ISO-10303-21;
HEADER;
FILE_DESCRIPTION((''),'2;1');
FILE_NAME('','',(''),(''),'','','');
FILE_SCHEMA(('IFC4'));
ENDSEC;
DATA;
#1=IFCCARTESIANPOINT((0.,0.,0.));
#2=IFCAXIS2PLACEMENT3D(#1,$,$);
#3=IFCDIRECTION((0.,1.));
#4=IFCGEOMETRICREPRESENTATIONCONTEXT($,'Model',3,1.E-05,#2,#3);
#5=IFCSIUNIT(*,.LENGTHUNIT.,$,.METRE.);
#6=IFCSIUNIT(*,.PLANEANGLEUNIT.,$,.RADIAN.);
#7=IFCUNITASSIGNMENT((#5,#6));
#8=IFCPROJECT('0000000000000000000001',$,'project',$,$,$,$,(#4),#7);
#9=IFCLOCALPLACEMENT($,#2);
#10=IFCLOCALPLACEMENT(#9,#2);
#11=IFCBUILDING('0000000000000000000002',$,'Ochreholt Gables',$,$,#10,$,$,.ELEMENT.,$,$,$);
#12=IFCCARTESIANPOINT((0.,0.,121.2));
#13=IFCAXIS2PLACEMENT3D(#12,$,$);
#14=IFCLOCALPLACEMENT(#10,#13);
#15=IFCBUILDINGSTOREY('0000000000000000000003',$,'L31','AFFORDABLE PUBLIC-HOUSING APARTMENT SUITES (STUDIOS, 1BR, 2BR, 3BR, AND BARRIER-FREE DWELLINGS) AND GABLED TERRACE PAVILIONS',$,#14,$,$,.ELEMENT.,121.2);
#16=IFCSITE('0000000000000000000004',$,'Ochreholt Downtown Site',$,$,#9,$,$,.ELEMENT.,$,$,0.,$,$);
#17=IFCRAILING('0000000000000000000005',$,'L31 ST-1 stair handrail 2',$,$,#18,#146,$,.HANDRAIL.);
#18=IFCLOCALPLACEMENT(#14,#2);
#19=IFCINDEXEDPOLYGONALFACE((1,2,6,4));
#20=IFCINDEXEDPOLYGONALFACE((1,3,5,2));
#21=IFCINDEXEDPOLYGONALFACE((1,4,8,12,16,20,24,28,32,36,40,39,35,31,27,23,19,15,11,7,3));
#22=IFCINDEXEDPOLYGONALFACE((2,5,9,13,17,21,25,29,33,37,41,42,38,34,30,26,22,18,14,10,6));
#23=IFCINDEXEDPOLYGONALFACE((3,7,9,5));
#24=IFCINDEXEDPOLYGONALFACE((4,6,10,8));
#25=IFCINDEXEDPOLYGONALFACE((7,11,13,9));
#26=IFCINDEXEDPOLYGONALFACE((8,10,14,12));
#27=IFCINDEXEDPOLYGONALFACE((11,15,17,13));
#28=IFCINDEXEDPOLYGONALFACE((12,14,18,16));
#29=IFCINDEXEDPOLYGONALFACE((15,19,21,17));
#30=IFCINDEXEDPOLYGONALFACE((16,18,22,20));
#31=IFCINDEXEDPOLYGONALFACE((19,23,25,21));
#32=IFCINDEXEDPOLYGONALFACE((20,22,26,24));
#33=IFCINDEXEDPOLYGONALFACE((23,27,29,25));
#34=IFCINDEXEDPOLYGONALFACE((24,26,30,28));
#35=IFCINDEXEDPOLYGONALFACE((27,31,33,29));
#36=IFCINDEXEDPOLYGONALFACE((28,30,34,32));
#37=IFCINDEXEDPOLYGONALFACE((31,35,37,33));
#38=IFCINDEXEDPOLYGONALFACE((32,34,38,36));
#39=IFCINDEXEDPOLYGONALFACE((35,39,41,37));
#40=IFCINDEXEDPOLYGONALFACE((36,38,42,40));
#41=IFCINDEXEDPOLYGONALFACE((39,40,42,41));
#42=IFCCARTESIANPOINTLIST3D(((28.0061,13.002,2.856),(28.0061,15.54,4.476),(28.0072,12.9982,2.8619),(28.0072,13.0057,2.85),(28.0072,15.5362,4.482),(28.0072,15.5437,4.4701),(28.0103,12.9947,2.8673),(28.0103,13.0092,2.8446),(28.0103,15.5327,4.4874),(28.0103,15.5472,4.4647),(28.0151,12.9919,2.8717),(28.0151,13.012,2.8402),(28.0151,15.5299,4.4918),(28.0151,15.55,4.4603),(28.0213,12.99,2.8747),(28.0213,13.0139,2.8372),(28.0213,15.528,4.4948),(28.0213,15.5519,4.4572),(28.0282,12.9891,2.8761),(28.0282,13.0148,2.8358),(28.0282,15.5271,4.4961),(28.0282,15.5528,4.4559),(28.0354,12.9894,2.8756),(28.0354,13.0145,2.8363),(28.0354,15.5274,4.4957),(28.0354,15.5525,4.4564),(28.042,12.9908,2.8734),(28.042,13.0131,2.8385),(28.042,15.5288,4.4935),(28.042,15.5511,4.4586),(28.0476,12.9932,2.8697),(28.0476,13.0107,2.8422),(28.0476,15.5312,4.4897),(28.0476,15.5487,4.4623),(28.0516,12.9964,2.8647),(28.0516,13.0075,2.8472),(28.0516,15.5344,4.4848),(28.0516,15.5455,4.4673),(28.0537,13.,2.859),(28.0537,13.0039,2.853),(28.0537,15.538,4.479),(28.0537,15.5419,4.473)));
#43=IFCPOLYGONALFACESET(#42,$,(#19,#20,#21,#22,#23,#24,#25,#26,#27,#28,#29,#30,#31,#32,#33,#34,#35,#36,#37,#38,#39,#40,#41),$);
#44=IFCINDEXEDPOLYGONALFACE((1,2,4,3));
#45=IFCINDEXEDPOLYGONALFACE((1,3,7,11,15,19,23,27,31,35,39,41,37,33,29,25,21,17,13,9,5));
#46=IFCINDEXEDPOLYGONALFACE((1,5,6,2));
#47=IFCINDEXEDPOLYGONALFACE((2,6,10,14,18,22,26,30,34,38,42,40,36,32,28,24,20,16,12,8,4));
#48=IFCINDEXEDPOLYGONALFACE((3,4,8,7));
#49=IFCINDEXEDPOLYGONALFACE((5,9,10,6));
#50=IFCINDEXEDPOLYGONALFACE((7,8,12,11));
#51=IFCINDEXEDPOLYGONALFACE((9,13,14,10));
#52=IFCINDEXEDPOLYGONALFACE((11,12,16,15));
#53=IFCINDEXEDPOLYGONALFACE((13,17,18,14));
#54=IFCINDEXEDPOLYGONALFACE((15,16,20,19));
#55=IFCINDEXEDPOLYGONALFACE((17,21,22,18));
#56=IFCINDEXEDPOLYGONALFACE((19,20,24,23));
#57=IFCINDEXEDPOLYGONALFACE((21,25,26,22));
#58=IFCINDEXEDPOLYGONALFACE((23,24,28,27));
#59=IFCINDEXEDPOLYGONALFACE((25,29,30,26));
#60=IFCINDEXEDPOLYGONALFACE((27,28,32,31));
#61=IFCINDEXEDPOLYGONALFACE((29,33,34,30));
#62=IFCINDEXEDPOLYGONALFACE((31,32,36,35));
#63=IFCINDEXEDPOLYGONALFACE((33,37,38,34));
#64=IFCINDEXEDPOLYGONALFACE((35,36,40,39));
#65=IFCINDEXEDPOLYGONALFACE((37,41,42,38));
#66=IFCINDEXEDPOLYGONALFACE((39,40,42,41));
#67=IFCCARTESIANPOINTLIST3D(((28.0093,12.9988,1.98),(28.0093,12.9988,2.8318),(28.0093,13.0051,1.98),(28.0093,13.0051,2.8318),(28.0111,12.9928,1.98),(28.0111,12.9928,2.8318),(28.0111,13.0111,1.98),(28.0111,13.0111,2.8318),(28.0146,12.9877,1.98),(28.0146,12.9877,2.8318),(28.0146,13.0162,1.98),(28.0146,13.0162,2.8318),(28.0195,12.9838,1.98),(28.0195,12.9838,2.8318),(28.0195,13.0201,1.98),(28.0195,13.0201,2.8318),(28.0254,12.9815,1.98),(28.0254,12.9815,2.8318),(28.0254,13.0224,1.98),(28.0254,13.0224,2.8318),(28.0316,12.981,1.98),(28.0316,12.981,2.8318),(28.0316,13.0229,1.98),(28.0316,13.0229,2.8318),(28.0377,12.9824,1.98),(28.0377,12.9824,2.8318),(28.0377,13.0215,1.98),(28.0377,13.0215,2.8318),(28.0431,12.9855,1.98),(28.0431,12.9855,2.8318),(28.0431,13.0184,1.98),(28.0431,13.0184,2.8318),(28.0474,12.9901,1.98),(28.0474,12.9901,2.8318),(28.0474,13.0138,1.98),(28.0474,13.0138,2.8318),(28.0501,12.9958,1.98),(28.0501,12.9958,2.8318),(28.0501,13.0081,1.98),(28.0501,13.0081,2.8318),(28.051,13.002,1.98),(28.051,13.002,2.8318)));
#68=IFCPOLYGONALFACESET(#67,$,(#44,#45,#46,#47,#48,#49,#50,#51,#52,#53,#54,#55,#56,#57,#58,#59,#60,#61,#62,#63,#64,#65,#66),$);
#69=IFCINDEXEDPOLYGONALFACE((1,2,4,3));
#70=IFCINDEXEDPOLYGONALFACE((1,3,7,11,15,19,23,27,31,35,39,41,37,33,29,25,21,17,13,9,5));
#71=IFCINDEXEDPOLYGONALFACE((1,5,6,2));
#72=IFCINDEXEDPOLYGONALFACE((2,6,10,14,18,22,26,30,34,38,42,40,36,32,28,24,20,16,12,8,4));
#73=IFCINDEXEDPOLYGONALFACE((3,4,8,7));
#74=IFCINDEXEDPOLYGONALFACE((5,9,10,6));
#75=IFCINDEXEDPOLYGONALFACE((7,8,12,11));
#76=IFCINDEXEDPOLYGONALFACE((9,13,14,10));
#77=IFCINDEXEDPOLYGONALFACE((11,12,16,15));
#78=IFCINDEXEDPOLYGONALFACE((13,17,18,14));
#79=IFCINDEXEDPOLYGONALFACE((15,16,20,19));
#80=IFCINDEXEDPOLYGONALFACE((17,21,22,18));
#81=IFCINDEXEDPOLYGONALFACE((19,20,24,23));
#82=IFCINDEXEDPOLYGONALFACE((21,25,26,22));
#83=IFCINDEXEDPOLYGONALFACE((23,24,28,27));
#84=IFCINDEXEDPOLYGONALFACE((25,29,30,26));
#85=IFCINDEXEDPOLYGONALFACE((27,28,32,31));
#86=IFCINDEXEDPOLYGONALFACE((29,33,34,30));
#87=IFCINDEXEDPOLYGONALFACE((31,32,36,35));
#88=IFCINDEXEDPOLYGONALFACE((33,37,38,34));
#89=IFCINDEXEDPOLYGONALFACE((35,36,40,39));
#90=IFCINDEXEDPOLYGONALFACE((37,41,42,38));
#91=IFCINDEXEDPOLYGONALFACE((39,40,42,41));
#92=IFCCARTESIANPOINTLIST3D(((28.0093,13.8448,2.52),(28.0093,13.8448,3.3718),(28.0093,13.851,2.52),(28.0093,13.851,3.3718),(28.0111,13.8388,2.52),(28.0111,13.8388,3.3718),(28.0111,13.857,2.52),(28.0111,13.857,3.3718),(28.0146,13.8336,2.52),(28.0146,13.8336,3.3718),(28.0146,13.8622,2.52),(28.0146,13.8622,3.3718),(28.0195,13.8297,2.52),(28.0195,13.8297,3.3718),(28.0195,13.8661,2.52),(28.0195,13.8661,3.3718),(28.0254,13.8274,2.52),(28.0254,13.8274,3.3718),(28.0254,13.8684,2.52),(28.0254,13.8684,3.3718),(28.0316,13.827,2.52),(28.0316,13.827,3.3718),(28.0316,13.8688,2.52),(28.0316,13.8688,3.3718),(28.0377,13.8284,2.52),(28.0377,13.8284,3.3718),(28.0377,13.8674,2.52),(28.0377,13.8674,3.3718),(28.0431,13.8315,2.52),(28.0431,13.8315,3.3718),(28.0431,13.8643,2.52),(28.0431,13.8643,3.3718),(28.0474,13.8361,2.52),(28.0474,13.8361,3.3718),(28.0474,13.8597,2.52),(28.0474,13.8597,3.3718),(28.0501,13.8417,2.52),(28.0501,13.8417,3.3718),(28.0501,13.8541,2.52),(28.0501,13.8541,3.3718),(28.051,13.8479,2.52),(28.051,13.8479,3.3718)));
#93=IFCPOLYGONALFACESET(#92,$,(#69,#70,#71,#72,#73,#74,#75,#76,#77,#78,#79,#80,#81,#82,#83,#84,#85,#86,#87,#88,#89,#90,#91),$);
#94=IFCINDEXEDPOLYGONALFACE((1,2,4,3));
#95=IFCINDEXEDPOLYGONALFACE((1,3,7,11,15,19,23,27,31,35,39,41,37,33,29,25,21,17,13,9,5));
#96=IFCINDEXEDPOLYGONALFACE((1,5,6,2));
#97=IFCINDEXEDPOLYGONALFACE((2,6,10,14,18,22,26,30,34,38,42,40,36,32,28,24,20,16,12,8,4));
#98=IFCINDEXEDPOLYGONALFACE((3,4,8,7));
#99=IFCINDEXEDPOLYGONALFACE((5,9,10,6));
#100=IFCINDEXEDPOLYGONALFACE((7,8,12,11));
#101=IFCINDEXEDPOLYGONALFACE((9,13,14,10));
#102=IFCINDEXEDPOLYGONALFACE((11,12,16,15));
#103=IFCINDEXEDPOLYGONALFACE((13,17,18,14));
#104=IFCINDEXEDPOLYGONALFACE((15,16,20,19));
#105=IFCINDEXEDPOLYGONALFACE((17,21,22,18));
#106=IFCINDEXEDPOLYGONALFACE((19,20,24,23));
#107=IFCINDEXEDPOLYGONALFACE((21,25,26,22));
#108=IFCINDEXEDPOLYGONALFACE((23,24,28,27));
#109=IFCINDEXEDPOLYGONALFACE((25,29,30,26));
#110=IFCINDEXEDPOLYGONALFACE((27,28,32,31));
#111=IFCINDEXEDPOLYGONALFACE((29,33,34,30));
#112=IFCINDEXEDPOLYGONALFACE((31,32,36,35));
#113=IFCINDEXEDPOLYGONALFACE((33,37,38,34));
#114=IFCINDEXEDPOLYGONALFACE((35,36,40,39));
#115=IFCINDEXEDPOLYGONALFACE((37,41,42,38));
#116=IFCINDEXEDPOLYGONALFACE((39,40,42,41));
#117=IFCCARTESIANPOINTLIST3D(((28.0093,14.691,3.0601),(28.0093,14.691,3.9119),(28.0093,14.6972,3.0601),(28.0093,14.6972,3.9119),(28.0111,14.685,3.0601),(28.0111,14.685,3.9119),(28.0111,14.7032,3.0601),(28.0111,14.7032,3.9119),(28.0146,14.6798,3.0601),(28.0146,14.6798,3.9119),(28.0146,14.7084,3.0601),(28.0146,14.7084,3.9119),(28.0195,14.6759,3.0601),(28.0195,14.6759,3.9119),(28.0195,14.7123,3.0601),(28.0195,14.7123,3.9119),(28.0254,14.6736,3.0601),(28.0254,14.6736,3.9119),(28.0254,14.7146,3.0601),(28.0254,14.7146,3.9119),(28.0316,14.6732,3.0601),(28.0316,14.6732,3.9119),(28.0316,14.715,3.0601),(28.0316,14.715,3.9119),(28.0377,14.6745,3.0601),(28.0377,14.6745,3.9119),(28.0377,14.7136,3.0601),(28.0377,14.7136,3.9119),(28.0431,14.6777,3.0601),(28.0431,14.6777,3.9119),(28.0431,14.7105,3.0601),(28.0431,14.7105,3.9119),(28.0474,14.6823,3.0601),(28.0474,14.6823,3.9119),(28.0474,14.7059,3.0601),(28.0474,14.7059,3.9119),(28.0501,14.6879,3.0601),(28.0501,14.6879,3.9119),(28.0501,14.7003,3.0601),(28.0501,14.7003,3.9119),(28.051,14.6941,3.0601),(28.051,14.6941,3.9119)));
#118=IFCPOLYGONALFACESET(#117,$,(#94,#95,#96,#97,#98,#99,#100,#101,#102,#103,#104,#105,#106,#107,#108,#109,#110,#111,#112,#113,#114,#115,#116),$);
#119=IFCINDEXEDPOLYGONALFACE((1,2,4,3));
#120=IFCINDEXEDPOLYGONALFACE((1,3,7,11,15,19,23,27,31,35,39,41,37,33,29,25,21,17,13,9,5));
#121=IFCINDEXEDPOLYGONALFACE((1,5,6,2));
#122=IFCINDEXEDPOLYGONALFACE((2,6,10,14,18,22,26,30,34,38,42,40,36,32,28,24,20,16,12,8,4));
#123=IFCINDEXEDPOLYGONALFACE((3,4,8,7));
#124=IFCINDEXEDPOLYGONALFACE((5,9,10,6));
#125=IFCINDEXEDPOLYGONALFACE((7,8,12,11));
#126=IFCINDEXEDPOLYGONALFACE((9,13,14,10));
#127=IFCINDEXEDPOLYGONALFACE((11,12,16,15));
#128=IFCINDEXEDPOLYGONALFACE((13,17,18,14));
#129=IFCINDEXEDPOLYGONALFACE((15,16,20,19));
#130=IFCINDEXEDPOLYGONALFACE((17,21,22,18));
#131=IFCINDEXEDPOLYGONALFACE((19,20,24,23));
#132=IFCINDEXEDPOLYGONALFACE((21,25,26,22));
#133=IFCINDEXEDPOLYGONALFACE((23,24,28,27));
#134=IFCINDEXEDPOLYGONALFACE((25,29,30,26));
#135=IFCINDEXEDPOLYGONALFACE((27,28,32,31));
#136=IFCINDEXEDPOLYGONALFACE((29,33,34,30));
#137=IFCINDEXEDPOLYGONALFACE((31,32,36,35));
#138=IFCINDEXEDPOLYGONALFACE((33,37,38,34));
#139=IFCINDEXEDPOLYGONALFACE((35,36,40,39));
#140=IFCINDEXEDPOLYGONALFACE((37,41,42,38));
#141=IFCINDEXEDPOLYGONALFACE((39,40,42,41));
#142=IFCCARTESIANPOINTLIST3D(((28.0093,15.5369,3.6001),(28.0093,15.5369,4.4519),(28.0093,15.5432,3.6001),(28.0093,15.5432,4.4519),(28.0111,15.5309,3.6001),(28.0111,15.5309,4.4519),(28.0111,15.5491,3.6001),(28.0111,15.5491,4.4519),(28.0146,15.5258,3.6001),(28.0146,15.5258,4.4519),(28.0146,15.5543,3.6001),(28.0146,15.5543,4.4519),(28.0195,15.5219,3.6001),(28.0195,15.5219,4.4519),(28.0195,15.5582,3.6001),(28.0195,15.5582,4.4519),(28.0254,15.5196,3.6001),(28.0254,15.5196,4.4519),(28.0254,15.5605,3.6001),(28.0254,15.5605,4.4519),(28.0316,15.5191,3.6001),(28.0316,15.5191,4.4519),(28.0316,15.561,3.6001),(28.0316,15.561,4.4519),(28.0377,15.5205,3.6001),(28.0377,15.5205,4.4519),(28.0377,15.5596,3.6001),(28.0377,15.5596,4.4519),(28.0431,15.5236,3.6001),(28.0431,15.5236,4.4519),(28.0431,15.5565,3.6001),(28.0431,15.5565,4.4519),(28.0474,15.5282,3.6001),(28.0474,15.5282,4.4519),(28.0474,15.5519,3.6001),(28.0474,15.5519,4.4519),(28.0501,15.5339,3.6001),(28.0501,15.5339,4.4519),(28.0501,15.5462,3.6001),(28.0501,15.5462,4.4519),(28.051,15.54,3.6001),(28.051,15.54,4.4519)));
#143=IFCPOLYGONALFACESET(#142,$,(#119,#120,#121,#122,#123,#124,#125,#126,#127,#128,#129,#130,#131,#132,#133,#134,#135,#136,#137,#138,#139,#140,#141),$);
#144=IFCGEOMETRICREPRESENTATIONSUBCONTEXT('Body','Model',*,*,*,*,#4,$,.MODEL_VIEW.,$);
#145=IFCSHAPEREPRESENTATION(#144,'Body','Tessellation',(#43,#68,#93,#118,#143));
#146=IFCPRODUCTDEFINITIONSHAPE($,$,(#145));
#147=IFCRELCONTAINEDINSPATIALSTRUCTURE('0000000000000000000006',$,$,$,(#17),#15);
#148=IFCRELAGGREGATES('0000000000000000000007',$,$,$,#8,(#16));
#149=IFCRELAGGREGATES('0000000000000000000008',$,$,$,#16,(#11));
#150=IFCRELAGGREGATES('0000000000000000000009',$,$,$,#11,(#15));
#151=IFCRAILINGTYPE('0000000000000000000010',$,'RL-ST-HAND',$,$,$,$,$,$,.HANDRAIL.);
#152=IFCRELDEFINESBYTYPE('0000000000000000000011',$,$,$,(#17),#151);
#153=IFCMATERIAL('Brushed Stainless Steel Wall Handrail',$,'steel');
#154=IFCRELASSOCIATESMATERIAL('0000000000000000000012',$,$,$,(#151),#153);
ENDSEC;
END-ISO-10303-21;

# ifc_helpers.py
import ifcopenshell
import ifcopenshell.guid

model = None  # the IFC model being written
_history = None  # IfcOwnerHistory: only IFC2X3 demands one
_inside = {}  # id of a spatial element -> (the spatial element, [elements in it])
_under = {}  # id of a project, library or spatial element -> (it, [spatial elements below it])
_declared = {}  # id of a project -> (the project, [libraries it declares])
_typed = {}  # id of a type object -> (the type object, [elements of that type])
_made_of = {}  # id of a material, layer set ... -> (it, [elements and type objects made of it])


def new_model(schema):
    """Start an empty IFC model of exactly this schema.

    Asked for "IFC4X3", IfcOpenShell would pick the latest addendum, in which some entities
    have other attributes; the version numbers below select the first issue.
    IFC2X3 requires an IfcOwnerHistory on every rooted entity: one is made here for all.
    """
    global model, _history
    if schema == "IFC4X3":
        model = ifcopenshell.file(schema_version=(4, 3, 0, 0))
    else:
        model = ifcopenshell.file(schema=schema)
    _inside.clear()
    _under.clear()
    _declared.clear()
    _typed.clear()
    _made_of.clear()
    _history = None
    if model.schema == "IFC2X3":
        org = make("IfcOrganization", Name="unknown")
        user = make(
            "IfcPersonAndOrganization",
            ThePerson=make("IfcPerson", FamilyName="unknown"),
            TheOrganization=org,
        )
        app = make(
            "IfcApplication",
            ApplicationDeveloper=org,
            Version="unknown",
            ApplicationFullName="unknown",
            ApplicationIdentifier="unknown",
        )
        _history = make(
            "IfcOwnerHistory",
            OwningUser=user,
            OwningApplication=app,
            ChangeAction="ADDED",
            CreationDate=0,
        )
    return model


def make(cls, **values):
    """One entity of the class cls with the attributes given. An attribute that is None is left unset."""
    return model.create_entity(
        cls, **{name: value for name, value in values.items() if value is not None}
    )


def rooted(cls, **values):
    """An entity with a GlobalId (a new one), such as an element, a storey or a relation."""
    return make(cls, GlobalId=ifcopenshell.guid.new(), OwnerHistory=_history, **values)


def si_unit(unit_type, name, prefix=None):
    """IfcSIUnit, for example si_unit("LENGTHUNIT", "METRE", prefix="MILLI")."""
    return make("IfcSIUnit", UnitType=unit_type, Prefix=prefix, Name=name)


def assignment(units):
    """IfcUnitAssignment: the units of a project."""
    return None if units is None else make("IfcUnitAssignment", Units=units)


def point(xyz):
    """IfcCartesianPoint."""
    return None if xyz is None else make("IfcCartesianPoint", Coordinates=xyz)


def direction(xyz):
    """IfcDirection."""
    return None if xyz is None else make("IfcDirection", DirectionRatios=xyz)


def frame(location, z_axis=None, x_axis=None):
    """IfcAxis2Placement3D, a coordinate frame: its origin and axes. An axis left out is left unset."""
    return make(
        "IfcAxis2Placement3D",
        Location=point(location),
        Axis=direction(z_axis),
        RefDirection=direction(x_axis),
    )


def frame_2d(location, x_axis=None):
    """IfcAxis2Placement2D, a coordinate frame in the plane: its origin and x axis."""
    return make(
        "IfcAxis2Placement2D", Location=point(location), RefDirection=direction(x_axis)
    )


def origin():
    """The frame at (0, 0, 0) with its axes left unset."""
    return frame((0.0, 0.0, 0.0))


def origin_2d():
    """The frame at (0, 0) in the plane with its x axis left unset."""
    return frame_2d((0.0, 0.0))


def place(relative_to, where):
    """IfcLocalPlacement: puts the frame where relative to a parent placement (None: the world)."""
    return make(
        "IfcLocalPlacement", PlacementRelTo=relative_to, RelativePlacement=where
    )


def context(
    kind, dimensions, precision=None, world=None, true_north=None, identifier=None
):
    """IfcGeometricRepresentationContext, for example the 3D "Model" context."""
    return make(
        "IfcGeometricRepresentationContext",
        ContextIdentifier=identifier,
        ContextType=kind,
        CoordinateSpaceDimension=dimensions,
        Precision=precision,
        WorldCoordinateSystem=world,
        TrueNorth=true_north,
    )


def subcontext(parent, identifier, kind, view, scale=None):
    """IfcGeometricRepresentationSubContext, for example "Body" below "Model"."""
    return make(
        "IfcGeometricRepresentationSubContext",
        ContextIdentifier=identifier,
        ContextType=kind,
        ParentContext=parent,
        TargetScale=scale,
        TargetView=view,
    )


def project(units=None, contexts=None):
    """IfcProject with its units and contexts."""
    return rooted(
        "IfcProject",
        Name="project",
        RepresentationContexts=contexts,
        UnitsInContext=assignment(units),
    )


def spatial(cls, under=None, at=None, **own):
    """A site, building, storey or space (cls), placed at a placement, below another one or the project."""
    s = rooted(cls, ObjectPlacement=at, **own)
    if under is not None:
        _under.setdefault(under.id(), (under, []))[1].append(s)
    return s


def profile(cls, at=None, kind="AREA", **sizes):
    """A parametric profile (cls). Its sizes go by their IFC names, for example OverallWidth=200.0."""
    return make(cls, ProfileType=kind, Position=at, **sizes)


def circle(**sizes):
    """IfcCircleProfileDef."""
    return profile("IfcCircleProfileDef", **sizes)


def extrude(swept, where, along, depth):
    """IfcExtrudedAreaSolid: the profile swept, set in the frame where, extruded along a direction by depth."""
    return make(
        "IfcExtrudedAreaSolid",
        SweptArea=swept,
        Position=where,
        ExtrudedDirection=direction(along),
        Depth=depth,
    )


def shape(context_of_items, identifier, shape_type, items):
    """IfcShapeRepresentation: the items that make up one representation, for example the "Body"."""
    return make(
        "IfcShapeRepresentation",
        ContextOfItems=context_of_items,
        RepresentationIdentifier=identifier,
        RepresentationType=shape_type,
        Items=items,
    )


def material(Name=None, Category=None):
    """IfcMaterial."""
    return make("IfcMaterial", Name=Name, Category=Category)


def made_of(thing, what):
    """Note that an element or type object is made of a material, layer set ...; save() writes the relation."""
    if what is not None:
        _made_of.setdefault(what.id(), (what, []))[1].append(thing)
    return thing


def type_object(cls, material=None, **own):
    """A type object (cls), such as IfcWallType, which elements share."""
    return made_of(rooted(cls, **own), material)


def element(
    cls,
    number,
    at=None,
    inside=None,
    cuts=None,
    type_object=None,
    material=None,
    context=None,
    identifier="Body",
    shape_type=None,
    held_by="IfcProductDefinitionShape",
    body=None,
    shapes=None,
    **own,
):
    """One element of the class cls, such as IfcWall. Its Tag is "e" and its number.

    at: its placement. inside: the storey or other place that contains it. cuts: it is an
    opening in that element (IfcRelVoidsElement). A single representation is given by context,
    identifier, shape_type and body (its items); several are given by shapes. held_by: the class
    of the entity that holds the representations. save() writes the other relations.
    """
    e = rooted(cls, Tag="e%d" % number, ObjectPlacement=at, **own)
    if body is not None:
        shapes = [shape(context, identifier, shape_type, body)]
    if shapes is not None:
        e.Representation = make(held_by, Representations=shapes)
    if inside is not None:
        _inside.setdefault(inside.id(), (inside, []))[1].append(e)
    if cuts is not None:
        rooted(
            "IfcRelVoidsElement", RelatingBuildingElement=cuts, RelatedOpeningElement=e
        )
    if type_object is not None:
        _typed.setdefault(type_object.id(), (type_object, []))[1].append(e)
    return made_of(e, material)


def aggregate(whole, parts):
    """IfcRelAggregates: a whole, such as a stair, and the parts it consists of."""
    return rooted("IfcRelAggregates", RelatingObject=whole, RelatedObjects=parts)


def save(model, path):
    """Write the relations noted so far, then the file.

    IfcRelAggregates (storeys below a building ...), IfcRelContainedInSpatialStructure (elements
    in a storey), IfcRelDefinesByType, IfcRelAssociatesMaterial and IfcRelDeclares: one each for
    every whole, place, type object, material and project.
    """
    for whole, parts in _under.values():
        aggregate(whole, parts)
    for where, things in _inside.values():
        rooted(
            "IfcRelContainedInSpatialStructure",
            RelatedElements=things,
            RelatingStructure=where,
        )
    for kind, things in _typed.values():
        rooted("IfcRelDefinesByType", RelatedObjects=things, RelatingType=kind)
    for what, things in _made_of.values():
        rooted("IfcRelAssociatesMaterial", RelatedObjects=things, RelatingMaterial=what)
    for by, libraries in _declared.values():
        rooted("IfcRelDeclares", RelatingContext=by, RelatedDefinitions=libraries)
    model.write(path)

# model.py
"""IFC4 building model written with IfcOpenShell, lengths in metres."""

from ifc_helpers import new_model, si_unit, direction, frame, origin, origin_2d, place, context, subcontext, project, spatial, circle, extrude, material, type_object, element, save


model = new_model("IFC4")

# Units and contexts
model_context = context("Model", 3, precision=1e-05, world=origin(), true_north=direction((0.0, 1.0)))
body_context = subcontext(model_context, "Body", "Model", "MODEL_VIEW")
ifc_project = project(units=[si_unit("LENGTHUNIT", "METRE"), si_unit("PLANEANGLEUNIT", "RADIAN")], contexts=[model_context])

# Site, building, storey
site_placement = place(None, origin())
site = spatial("IfcSite", under=ifc_project, at=site_placement, Name="Ochreholt Downtown Site", CompositionType="ELEMENT", RefElevation=0.0)
building_placement = place(site_placement, origin())
building = spatial("IfcBuilding", under=site, at=building_placement, Name="Ochreholt Gables", CompositionType="ELEMENT")
storey_placement = place(building_placement, frame((0.0, 0.0, 121.2)))
storey = spatial("IfcBuildingStorey", under=building, at=storey_placement, Name="L31", Description="AFFORDABLE PUBLIC-HOUSING APARTMENT SUITES (STUDIOS, 1BR, 2BR, 3BR, AND BARRIER-FREE DWELLINGS) AND GABLED TERRACE PAVILIONS", CompositionType="ELEMENT", Elevation=121.2)

# Railing
ifc_material_1 = material(Name="Brushed Stainless Steel Wall Handrail", Category="steel")
railing_type = type_object("IfcRailingType", Name="RL-ST-HAND", PredefinedType="HANDRAIL", material=ifc_material_1)
railing_placement = place(storey_placement, frame((28.03, 13.002, 1.98)))
element("IfcRailing", 1, at=railing_placement, inside=storey, type_object=railing_type, Name="L31 ST-1 stair handrail 2", PredefinedType="HANDRAIL", context=body_context, shape_type="SweptSolid", body=[
    extrude(circle(Radius=0.0239, at=origin_2d()), frame((0.0, 0.0, 0.876), z_axis=(0.0, 0.842913, 0.53805), x_axis=(-1.0, 0.0, 0.0)), (0.0, 0.0, 1.0), 3.011),
    extrude(circle(Radius=0.021, at=origin_2d()), origin(), (0.0, 0.0, 1.0), 0.8518),
    extrude(circle(Radius=0.021, at=origin_2d()), frame((0.0, 0.8459, 0.54)), (0.0, 0.0, 1.0), 0.8518),
    extrude(circle(Radius=0.021, at=origin_2d()), frame((0.0, 1.6921, 1.0801)), (0.0, 0.0, 1.0), 0.8518),
    extrude(circle(Radius=0.021, at=origin_2d()), frame((0.0, 2.5381, 1.6201)), (0.0, 0.0, 1.0), 0.8518),
])

save(model, "model.ifc")
